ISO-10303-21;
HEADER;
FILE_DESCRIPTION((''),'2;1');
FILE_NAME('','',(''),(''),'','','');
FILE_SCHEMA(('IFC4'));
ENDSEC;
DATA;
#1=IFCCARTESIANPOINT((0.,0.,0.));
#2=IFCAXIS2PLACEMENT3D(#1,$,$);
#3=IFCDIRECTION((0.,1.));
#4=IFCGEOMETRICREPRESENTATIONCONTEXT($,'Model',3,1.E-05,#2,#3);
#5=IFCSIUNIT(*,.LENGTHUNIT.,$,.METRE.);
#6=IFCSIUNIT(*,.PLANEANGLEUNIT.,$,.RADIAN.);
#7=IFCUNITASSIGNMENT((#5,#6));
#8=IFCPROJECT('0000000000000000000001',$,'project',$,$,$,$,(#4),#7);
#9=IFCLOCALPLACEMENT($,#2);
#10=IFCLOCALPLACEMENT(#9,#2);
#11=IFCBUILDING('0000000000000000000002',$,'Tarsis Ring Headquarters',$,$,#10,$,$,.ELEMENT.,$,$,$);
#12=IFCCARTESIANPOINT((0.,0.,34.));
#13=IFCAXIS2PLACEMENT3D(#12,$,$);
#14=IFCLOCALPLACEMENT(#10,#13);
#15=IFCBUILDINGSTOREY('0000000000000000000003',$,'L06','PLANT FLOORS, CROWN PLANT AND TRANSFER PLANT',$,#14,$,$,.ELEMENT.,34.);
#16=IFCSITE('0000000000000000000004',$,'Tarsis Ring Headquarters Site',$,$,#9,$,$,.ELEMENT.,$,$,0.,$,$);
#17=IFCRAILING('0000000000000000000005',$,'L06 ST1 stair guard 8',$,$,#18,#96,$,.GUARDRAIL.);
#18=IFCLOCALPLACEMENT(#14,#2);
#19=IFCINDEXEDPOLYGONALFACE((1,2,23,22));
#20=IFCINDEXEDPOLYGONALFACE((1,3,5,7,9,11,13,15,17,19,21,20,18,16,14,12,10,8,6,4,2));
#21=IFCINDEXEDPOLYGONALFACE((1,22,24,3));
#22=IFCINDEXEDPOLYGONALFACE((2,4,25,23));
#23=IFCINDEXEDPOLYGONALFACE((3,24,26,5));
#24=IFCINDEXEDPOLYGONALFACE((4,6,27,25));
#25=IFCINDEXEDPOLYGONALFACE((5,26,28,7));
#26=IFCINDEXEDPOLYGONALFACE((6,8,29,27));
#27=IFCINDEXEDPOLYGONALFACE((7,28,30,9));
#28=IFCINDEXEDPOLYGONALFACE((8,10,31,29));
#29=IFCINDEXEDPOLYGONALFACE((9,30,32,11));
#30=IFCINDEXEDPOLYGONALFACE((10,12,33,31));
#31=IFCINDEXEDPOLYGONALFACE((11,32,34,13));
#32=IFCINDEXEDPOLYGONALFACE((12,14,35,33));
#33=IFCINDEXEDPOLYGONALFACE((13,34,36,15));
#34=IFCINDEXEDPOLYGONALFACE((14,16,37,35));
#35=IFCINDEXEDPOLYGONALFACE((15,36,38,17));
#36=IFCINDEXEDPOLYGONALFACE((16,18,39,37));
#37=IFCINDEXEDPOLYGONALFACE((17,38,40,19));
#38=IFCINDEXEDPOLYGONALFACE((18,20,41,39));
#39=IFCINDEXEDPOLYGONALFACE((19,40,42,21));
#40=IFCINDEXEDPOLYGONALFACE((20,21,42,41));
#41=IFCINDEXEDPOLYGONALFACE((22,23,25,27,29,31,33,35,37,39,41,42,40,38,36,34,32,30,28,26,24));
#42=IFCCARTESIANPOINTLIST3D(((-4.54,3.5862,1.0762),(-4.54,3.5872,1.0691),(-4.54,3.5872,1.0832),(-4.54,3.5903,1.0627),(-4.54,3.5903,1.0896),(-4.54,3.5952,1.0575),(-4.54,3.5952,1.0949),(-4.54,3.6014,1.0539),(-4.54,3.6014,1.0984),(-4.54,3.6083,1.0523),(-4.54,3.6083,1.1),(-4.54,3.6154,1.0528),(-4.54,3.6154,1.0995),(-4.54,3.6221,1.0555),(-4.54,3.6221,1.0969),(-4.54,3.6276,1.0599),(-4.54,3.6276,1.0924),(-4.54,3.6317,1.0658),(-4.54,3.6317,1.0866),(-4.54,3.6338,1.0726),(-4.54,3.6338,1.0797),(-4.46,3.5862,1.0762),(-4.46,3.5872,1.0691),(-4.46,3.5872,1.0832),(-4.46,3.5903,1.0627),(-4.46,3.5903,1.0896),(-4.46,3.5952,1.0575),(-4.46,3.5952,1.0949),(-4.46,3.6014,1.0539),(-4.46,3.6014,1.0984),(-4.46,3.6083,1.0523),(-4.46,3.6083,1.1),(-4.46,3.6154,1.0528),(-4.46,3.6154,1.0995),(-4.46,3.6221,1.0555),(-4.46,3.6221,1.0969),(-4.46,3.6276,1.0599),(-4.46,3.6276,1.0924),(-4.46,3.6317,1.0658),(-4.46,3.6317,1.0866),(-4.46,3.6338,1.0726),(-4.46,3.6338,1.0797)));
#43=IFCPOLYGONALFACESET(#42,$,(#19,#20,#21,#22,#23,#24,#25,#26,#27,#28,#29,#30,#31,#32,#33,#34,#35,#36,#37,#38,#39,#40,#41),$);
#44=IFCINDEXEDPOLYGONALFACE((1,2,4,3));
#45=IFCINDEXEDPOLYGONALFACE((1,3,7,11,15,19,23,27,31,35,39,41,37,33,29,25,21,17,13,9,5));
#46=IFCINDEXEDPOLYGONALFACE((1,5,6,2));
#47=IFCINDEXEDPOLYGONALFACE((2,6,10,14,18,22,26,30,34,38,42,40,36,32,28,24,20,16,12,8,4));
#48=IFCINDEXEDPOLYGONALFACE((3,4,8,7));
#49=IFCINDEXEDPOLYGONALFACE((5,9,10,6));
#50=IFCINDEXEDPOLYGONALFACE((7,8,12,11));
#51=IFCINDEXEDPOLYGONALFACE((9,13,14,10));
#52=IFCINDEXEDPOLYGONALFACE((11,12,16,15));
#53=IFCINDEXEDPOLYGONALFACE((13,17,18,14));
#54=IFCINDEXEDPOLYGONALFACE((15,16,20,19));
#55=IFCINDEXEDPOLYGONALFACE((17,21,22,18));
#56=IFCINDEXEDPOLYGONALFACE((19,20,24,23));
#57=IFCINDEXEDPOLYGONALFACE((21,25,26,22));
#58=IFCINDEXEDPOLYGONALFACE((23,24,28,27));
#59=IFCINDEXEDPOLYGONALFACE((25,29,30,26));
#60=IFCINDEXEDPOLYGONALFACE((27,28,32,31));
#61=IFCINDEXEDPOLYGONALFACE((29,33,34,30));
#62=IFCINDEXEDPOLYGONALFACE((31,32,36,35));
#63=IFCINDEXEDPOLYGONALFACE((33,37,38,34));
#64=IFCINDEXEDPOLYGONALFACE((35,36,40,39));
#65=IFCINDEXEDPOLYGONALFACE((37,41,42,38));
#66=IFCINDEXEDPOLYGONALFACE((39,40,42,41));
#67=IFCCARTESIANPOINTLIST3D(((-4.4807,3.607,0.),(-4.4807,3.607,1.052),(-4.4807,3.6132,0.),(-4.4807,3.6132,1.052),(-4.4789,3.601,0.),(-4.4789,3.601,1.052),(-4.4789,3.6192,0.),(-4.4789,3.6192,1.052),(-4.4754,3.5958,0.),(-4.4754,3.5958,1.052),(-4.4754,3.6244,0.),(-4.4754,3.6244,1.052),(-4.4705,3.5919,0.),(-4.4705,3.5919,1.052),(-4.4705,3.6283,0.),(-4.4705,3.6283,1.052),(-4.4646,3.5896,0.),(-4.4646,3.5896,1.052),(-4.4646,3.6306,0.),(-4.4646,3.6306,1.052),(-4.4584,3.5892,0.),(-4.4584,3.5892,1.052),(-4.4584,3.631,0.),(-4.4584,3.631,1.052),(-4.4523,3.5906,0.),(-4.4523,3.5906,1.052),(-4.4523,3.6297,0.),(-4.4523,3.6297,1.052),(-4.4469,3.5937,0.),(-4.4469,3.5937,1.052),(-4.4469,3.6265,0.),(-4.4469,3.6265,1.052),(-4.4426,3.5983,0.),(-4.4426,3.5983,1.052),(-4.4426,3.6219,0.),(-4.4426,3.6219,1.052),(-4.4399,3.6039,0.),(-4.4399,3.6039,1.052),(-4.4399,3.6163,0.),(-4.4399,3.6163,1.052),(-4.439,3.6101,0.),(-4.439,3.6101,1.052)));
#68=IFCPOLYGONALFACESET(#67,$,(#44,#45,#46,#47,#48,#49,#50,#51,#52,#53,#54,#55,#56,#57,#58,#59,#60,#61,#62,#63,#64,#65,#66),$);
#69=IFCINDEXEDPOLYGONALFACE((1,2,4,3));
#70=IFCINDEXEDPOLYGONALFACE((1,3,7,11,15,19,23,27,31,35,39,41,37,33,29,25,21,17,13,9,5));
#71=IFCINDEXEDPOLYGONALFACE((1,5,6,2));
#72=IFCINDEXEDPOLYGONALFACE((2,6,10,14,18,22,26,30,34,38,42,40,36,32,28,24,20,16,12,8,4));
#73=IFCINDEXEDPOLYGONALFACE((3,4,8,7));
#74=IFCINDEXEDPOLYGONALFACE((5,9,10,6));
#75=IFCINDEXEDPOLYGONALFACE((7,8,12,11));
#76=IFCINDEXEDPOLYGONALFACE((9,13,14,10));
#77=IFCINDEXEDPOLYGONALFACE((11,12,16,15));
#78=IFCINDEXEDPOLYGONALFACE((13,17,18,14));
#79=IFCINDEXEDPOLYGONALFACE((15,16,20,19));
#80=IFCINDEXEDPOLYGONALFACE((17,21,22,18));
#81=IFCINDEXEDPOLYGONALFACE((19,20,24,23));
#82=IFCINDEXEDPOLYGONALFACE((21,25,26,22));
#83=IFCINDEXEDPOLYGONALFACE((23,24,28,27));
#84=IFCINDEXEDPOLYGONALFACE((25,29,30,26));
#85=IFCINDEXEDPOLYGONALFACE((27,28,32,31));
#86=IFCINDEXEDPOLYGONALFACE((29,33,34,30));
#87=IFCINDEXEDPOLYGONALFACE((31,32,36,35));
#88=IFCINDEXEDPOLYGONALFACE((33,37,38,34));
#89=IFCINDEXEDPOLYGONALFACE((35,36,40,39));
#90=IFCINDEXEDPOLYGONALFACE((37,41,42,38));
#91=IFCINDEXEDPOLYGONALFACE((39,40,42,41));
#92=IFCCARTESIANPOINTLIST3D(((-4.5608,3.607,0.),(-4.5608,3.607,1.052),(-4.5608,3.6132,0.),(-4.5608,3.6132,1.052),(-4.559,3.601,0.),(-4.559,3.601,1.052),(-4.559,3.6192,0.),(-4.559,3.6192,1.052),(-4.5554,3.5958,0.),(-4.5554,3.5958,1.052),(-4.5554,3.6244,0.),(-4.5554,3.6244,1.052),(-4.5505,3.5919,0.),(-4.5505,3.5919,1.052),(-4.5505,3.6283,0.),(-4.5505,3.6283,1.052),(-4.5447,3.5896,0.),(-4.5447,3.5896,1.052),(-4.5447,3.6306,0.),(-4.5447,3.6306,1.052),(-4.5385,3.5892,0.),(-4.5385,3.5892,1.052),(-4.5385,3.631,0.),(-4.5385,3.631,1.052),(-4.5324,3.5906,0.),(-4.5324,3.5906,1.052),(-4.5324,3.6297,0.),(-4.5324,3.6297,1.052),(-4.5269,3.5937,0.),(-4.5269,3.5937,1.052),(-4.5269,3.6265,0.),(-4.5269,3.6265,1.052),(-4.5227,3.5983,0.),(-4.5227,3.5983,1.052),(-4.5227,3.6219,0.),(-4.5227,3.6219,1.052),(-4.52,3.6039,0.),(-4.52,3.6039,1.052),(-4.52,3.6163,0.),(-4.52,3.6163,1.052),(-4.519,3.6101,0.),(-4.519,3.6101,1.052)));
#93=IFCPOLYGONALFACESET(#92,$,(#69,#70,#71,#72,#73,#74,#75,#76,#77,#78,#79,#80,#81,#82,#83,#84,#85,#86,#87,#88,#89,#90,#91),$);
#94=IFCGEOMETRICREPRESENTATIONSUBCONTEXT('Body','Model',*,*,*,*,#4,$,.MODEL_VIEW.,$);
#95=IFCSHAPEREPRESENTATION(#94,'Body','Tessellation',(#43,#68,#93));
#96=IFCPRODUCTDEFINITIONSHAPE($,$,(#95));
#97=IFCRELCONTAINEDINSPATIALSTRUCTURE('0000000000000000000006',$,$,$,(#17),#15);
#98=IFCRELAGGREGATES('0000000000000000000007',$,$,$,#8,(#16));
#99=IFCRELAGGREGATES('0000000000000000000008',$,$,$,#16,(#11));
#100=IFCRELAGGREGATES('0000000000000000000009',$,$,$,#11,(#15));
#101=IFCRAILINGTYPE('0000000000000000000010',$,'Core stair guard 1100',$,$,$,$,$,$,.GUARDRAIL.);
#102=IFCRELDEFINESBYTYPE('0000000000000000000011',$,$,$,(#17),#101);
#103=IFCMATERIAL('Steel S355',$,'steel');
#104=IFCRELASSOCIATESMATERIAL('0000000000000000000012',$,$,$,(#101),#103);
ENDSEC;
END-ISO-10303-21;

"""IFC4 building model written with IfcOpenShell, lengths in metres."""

from ifc_helpers import new_model, si_unit, direction, frame, origin, origin_2d, place, context, subcontext, project, spatial, circle, extrude, material, type_object, element, save


model = new_model("IFC4")

# Units and contexts
model_context = context("Model", 3, precision=1e-05, world=origin(), true_north=direction((0.0, 1.0)))
body_context = subcontext(model_context, "Body", "Model", "MODEL_VIEW")
ifc_project = project(units=[si_unit("LENGTHUNIT", "METRE"), si_unit("PLANEANGLEUNIT", "RADIAN")], contexts=[model_context])

# Site, building, storey
site_placement = place(None, origin())
site = spatial("IfcSite", under=ifc_project, at=site_placement, Name="Tarsis Ring Headquarters Site", CompositionType="ELEMENT", RefElevation=0.0)
building_placement = place(site_placement, origin())
building = spatial("IfcBuilding", under=site, at=building_placement, Name="Tarsis Ring Headquarters", CompositionType="ELEMENT")
storey_placement = place(building_placement, frame((0.0, 0.0, 34.0)))
storey = spatial("IfcBuildingStorey", under=building, at=storey_placement, Name="L06", Description="PLANT FLOORS, CROWN PLANT AND TRANSFER PLANT", CompositionType="ELEMENT", Elevation=34.0)

# Shared definitions
ifc_material_1 = material(Name="Steel S355", Category="steel")

# Railing
railing_type_1 = type_object("IfcRailingType", Name="Core stair guard 1100", PredefinedType="GUARDRAIL", material=ifc_material_1)
railing_1_placement = place(storey_placement, frame((-4.46, 3.6101, 0.0)))
element("IfcRailing", 1, at=railing_1_placement, inside=storey, type_object=railing_type_1, Name="L06 ST1 stair guard 8", PredefinedType="GUARDRAIL", context=body_context, shape_type="SweptSolid", body=[
    extrude(circle(Radius=0.0239, at=origin_2d()), frame((0.0, 0.0, 1.0762), z_axis=(-1.0, 0.0, 0.0), x_axis=(0.0, -1.0, 0.0)), (0.0, 0.0, 1.0), 0.0801),
    extrude(circle(Radius=0.021, at=origin_2d()), origin(), (0.0, 0.0, 1.0), 1.052),
    extrude(circle(Radius=0.021, at=origin_2d()), frame((-0.0801, 0.0, 0.0)), (0.0, 0.0, 1.0), 1.052),
])

save(model, "model.ifc")
